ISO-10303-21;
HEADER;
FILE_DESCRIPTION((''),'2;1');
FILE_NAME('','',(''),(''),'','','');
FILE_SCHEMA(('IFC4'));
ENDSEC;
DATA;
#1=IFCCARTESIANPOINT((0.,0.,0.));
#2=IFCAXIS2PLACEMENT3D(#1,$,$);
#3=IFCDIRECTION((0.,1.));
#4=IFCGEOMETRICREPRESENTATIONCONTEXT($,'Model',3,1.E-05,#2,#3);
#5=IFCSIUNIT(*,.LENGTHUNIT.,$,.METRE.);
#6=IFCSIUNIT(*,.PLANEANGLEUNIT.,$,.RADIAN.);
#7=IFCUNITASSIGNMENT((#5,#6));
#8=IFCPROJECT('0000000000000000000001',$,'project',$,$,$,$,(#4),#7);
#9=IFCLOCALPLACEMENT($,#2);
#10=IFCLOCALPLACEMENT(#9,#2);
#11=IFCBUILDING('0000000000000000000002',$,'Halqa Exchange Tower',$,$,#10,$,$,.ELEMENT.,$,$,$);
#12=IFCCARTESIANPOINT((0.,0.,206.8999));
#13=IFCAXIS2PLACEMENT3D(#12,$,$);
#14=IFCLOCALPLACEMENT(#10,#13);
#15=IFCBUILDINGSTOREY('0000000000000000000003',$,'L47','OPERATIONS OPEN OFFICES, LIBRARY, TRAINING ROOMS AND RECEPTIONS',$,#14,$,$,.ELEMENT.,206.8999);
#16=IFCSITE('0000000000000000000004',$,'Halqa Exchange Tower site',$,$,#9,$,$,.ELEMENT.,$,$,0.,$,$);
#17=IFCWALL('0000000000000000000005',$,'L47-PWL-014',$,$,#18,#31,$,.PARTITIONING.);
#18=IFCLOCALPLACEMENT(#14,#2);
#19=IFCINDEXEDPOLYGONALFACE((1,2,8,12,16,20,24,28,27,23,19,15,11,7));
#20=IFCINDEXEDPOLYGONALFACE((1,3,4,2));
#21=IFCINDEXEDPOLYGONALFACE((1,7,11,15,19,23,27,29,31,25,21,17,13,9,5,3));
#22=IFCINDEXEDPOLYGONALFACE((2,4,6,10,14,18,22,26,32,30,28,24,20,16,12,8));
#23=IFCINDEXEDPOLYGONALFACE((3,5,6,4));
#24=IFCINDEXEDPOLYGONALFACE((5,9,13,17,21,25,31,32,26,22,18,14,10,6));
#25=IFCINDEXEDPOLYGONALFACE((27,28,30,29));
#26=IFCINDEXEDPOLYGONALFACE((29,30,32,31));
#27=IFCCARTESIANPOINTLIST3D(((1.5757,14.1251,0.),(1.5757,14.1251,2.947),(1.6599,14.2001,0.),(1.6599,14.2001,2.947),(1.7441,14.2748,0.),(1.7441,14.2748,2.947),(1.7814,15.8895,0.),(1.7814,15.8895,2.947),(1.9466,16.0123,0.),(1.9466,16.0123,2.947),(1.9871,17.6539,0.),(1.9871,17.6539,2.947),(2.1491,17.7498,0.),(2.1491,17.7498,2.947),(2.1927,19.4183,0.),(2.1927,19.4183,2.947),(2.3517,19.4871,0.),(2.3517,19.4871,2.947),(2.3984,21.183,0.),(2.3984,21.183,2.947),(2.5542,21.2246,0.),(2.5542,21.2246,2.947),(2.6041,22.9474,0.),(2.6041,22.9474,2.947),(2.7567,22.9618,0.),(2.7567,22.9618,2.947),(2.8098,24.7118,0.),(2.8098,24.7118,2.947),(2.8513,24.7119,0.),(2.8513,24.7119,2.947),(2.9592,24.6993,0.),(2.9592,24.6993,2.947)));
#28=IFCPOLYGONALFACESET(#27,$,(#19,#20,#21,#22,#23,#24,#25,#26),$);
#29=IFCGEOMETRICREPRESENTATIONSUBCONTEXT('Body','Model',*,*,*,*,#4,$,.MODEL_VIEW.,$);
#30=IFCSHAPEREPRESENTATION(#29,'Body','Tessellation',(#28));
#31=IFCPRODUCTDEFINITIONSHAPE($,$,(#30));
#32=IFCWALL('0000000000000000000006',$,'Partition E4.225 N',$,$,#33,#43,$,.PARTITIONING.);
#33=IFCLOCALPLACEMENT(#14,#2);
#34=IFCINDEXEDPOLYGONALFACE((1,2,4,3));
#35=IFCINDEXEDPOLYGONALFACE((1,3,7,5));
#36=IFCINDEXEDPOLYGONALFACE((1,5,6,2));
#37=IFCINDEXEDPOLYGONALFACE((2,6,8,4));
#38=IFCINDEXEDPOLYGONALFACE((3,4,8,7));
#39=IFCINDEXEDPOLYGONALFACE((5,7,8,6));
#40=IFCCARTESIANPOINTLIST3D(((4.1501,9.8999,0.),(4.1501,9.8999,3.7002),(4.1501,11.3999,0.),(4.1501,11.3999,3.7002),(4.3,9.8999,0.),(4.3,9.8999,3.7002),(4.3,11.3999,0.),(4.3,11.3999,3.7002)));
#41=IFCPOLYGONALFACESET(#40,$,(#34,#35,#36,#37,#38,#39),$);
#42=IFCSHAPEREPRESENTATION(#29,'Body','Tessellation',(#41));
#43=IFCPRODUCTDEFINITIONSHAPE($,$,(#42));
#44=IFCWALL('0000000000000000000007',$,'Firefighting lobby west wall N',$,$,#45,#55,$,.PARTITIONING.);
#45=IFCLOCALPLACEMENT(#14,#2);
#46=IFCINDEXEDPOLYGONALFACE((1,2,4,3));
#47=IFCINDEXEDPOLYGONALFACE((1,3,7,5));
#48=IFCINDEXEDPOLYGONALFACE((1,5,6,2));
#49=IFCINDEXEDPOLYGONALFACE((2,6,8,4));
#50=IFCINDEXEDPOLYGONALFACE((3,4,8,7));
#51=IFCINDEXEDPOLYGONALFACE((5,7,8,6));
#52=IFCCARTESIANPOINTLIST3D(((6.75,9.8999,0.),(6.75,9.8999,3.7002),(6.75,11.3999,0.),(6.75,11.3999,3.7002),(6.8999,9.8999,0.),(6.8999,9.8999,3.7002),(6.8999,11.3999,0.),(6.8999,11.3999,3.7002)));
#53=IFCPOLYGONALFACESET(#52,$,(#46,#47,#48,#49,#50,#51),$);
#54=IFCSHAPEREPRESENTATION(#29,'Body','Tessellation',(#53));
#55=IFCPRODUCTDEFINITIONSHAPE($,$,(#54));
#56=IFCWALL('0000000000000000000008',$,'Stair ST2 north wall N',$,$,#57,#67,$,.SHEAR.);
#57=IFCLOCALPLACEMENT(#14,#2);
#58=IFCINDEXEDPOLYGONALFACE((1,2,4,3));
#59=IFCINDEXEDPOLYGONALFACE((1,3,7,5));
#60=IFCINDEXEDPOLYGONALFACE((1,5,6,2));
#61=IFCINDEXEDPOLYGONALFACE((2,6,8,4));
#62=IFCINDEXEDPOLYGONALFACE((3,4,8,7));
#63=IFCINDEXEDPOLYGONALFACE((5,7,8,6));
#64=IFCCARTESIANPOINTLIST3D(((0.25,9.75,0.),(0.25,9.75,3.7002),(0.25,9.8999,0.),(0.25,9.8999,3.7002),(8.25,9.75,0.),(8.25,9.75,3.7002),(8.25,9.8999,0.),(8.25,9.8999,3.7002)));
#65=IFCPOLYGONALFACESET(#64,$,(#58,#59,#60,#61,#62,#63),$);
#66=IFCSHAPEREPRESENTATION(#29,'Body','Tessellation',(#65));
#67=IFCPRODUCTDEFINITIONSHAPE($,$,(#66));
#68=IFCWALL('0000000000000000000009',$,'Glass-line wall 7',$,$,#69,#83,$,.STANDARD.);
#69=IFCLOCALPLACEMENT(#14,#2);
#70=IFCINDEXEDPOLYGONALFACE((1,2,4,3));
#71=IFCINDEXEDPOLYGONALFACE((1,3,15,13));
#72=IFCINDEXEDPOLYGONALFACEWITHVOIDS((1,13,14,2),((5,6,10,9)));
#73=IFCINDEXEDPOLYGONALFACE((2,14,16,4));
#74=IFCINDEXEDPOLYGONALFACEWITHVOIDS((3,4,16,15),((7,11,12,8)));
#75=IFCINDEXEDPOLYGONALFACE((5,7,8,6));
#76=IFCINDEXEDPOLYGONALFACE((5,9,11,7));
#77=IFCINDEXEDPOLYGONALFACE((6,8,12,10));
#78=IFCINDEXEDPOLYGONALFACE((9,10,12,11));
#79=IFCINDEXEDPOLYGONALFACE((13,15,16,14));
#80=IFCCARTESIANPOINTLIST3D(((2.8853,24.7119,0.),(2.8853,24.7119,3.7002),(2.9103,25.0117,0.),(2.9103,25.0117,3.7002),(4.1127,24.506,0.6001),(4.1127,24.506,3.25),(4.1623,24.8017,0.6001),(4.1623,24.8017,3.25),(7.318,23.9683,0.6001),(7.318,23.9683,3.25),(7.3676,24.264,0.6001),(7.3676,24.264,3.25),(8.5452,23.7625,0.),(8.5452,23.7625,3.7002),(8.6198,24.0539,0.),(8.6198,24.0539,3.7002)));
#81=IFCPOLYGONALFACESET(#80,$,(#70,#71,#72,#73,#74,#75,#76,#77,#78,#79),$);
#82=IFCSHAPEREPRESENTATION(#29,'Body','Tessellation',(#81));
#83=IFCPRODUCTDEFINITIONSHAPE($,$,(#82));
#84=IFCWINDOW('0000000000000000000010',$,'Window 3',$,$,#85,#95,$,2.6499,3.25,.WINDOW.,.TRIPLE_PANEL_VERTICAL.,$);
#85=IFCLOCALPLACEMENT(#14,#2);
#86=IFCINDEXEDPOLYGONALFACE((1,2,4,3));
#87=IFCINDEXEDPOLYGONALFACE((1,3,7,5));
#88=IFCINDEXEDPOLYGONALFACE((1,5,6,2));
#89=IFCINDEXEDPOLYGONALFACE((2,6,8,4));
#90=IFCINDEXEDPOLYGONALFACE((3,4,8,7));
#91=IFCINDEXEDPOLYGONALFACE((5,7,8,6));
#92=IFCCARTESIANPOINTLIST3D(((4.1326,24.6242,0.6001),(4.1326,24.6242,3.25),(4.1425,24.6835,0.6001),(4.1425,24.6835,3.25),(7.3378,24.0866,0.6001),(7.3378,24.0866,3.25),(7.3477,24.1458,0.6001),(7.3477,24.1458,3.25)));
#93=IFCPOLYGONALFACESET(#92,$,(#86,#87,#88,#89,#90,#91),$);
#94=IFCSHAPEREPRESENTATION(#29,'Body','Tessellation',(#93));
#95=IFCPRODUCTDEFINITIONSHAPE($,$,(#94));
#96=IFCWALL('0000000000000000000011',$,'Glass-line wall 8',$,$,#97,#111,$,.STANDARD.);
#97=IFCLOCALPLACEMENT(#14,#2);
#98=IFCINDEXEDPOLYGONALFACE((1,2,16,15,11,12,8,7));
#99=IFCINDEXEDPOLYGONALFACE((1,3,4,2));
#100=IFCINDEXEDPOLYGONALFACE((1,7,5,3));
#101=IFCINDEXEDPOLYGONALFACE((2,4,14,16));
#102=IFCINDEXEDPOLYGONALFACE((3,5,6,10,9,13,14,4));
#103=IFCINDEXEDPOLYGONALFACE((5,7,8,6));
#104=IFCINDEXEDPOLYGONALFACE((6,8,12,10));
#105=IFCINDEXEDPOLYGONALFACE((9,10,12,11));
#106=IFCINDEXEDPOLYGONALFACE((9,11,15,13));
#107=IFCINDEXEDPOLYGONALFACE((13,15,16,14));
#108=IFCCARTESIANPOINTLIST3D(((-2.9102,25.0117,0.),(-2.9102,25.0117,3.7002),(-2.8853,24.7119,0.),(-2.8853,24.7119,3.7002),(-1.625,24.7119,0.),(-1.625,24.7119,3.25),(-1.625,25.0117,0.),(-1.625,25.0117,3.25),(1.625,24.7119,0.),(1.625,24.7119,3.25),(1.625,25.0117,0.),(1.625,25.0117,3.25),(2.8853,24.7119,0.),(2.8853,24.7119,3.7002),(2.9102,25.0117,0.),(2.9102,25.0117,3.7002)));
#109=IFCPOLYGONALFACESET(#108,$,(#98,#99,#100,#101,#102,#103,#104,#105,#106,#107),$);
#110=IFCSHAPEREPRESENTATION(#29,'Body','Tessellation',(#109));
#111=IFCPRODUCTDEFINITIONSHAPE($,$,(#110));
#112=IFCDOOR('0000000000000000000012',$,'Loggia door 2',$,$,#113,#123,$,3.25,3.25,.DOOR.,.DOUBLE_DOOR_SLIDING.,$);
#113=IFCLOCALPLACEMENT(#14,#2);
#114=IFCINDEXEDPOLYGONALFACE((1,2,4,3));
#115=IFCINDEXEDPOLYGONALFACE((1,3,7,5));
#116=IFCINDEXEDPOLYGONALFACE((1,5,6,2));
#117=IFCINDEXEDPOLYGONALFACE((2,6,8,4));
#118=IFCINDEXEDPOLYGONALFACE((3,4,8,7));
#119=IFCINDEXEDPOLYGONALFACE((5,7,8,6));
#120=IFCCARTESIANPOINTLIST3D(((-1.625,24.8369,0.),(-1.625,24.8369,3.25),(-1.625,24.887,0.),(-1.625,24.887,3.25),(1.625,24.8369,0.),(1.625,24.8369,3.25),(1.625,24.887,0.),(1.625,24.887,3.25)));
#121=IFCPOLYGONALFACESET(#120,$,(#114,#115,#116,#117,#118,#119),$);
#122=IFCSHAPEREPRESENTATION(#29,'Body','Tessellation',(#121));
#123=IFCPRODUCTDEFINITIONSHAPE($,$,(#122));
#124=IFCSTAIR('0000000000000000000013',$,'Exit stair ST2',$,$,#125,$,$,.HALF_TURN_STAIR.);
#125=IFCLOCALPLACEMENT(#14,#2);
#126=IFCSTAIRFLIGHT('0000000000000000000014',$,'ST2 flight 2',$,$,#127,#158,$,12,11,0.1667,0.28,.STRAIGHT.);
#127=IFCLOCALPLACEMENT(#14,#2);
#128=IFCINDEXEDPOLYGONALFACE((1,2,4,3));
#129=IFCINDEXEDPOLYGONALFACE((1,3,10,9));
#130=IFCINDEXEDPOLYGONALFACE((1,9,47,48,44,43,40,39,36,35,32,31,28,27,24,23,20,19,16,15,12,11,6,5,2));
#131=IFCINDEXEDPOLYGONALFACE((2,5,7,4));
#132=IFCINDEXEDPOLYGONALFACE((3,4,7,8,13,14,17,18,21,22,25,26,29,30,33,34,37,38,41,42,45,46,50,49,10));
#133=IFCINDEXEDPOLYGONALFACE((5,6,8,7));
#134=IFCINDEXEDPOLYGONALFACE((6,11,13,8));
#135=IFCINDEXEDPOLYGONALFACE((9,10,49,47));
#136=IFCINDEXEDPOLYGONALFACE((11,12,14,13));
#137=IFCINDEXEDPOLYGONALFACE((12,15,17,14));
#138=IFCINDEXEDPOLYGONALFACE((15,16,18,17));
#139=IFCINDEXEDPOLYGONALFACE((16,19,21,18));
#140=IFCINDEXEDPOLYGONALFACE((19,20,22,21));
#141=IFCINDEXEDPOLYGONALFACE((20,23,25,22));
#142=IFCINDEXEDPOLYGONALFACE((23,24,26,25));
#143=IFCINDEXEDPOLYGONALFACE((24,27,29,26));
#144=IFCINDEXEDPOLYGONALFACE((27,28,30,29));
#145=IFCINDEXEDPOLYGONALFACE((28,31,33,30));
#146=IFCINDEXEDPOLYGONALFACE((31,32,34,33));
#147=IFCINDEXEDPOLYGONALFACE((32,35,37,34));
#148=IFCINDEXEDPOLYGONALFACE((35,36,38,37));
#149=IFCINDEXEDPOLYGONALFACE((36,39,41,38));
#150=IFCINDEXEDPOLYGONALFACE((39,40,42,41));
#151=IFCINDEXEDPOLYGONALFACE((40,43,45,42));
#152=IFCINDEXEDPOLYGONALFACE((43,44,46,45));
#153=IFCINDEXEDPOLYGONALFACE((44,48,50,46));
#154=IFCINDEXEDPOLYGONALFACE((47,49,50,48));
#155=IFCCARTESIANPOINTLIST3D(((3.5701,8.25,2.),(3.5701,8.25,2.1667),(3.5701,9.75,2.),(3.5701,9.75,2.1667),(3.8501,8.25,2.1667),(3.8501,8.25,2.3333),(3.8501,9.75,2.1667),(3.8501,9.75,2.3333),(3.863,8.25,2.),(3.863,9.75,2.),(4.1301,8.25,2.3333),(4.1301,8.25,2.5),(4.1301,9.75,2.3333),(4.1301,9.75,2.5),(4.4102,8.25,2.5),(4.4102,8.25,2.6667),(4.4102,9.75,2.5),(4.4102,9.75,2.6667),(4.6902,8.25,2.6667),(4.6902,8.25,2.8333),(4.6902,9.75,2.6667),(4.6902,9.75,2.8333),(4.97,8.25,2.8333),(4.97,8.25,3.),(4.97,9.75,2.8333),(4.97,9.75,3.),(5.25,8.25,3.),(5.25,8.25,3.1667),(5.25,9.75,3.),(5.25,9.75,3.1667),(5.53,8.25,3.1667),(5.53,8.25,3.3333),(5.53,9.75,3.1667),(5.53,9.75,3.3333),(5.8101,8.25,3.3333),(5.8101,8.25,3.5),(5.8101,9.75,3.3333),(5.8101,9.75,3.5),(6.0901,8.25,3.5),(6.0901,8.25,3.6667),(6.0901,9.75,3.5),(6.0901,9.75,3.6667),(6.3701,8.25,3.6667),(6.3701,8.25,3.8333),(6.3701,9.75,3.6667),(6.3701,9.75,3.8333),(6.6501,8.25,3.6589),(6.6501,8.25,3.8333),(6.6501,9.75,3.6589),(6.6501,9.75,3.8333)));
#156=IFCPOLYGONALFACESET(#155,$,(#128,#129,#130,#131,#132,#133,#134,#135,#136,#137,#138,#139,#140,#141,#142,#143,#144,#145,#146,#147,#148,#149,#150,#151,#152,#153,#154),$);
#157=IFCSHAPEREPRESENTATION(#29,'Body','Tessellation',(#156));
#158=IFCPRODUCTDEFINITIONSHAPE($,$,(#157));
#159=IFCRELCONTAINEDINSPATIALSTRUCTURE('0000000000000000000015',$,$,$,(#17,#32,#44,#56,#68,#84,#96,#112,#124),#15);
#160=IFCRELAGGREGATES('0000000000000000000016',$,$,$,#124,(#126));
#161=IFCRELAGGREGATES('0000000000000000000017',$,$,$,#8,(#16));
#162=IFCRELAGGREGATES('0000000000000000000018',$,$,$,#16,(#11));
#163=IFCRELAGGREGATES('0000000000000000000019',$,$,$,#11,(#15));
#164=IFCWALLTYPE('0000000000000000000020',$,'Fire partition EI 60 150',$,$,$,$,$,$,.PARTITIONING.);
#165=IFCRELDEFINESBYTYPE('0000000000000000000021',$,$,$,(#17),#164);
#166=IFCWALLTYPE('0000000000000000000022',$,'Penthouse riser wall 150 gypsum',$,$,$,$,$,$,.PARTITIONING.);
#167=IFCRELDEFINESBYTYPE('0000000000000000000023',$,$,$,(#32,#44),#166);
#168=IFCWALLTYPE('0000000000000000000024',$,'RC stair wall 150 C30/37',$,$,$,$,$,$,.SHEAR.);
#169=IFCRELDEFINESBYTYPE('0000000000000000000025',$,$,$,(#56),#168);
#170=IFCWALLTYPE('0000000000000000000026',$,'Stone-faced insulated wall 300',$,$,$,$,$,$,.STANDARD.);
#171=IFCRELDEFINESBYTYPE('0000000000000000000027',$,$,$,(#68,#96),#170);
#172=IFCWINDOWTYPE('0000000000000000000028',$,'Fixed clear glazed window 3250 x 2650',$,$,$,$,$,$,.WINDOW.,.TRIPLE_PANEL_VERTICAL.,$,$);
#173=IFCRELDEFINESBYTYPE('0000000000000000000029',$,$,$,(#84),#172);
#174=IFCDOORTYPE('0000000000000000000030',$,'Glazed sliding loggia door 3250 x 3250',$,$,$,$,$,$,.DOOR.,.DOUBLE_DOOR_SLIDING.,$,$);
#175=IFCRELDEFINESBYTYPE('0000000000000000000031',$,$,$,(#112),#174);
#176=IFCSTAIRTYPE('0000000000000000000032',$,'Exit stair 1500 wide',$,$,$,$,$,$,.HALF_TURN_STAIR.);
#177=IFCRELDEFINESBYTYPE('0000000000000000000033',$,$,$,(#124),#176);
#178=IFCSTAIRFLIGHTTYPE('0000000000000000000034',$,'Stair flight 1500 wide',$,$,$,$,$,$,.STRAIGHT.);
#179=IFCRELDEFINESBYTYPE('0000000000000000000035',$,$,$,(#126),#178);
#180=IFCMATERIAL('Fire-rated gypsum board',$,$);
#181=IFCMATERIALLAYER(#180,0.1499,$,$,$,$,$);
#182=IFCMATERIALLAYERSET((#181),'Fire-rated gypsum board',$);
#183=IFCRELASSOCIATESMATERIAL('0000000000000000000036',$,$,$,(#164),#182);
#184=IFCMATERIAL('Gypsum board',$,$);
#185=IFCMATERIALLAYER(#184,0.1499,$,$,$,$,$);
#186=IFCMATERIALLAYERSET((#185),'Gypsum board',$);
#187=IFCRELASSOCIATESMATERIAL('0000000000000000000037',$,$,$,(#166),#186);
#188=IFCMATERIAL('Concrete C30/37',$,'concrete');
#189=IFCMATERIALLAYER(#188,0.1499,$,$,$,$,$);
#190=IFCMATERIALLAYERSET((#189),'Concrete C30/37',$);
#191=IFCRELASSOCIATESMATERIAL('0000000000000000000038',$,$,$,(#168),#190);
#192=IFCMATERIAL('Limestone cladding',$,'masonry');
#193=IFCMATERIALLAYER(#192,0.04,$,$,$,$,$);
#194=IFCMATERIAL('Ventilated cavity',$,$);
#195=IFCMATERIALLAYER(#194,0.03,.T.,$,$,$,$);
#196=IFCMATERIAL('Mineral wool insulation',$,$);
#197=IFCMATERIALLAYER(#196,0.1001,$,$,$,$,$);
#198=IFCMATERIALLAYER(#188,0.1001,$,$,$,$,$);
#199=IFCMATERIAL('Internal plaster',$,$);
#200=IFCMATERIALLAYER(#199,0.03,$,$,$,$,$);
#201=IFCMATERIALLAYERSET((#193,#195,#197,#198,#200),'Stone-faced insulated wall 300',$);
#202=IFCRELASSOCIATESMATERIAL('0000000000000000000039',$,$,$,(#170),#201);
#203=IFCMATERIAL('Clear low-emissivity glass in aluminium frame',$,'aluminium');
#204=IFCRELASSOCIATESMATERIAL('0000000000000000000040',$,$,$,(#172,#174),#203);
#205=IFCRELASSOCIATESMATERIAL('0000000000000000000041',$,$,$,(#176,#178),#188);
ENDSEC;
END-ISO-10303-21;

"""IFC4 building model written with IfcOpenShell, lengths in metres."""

from ifc_helpers import new_model, si_unit, direction, frame, frame_2d, origin, place, context, subcontext, project, spatial, polyline, rectangle, outline, extrude, material, layer, layer_set, type_object, element, fill, aggregate, save


model = new_model("IFC4")

# Units and contexts
model_context = context("Model", 3, precision=1e-05, world=origin(), true_north=direction((0.0, 1.0)))
body_context = subcontext(model_context, "Body", "Model", "MODEL_VIEW")
ifc_project = project(units=[si_unit("LENGTHUNIT", "METRE"), si_unit("PLANEANGLEUNIT", "RADIAN")], contexts=[model_context])

# Site, building, storey
site_placement = place(None, origin())
site = spatial("IfcSite", under=ifc_project, at=site_placement, Name="Halqa Exchange Tower site", CompositionType="ELEMENT", RefElevation=0.0)
building_placement = place(site_placement, origin())
building = spatial("IfcBuilding", under=site, at=building_placement, Name="Halqa Exchange Tower", CompositionType="ELEMENT")
storey_placement = place(building_placement, frame((0.0, 0.0, 206.8999)))
storey = spatial("IfcBuildingStorey", under=building, at=storey_placement, Name="L47", Description="OPERATIONS OPEN OFFICES, LIBRARY, TRAINING ROOMS AND RECEPTIONS", CompositionType="ELEMENT", Elevation=206.8999)

# Shared definitions
ifc_material_1 = material(Name="Fire-rated gypsum board")
ifc_layer_1 = layer(ifc_material_1, 0.1499)
ifc_layer_set_1 = layer_set([ifc_layer_1], Name="Fire-rated gypsum board")
wall_type_1 = type_object("IfcWallType", Name="Fire partition EI 60 150", PredefinedType="PARTITIONING", material=ifc_layer_set_1)

# Walls
wall_1_placement = place(storey_placement, frame((2.8848, 24.708, 0.0), z_axis=(0.0, 0.0, 1.0), x_axis=(-0.11578, -0.993275, 0.0)))
element("IfcWall", 1, at=wall_1_placement, inside=storey, type_object=wall_type_1, Name="L47-PWL-014", PredefinedType="PARTITIONING", context=body_context, shape_type="SweptSolid", body=[
    extrude(outline(polyline([(0.0049, -0.075), (1.7812, -0.075), (3.5576, -0.075), (5.3342, -0.075), (7.1106, -0.075), (8.887, -0.075), (10.6633, -0.075), (10.5791, 0.0), (10.4951, 0.075), (8.7458, 0.075), (6.9966, 0.075), (5.2476, 0.075), (3.4983, 0.075), (1.7493, 0.075), (0.0, 0.075), (0.0, -0.0337), (0.0049, -0.075)])), origin(), (0.0, 0.0, 1.0), 2.947),
])
ifc_material_2 = material(Name="Gypsum board")
ifc_layer_2 = layer(ifc_material_2, 0.1499)
ifc_layer_set_2 = layer_set([ifc_layer_2], Name="Gypsum board")
wall_type_2 = type_object("IfcWallType", Name="Penthouse riser wall 150 gypsum", PredefinedType="PARTITIONING", material=ifc_layer_set_2)
for number, where, z_axis, x_axis, name in (
    (2, (4.2251, 9.8999, 0.0), (0.0, 0.0, 1.0), (0.0, 1.0, 0.0), "Partition E4.225 N"),
    (3, (6.825, 9.8999, 0.0), (0.0, 0.0, 1.0), (0.0, 1.0, 0.0), "Firefighting lobby west wall N"),
):
    element("IfcWall", number, at=place(storey_placement, frame(where, z_axis=z_axis, x_axis=x_axis)), inside=storey, type_object=wall_type_2, Name=name, PredefinedType="PARTITIONING", context=body_context, shape_type="SweptSolid", body=[
        extrude(rectangle(XDim=1.5, YDim=0.1499, at=frame_2d((0.75, 0.0))), origin(), (0.0, 0.0, 1.0), 3.7002),
    ])
ifc_material_3 = material(Name="Concrete C30/37", Category="concrete")
ifc_layer_3 = layer(ifc_material_3, 0.1499)
ifc_layer_set_3 = layer_set([ifc_layer_3], Name="Concrete C30/37")
wall_type_3 = type_object("IfcWallType", Name="RC stair wall 150 C30/37", PredefinedType="SHEAR", material=ifc_layer_set_3)
wall_2_placement = place(storey_placement, frame((0.25, 9.825, 0.0), z_axis=(0.0, 0.0, 1.0), x_axis=(1.0, 0.0, 0.0)))
element("IfcWall", 4, at=wall_2_placement, inside=storey, type_object=wall_type_3, Name="Stair ST2 north wall N", PredefinedType="SHEAR", context=body_context, shape_type="SweptSolid", body=[
    extrude(rectangle(XDim=8.0, YDim=0.1499, at=frame_2d((4.0, 0.0))), origin(), (0.0, 0.0, 1.0), 3.7002),
])

# Wall, opening, window
ifc_material_4 = material(Name="Limestone cladding", Category="masonry")
ifc_layer_4 = layer(ifc_material_4, 0.04)
ifc_material_5 = material(Name="Ventilated cavity")
ifc_layer_5 = layer(ifc_material_5, 0.03, ventilated=True)
ifc_material_6 = material(Name="Mineral wool insulation")
ifc_layer_6 = layer(ifc_material_6, 0.1001)
ifc_layer_7 = layer(ifc_material_3, 0.1001)
ifc_material_7 = material(Name="Internal plaster")
ifc_layer_8 = layer(ifc_material_7, 0.03)
ifc_layer_set_4 = layer_set([ifc_layer_4, ifc_layer_5, ifc_layer_6, ifc_layer_7, ifc_layer_8], Name="Stone-faced insulated wall 300")
wall_type_4 = type_object("IfcWallType", Name="Stone-faced insulated wall 300", PredefinedType="STANDARD", material=ifc_layer_set_4)
wall_3_placement = place(storey_placement, frame((8.5825, 23.9082, 0.0), z_axis=(0.0, 0.0, 1.0), x_axis=(-0.986221, 0.165436, 0.0)))
wall_3 = element("IfcWall", 5, at=wall_3_placement, inside=storey, type_object=wall_type_4, Name="Glass-line wall 7", PredefinedType="STANDARD", context=body_context, shape_type="SweptSolid", body=[
    extrude(outline(polyline([(-0.0127, -0.1499), (5.7766, -0.1499), (5.7517, 0.1499), (0.0127, 0.1499), (-0.0127, -0.1499)])), origin(), (0.0, 0.0, 1.0), 3.7002),
])
opening_1_placement = place(wall_3_placement, frame((1.2571, 0.0, 0.6001)))
opening_1 = element("IfcOpeningElement", 6, at=opening_1_placement, cuts=wall_3, PredefinedType="OPENING", context=body_context, shape_type="SweptSolid", body=[
    extrude(rectangle(XDim=3.25, YDim=2.6499, at=frame_2d((1.625, 1.325))), frame((0.0, 0.1621, 0.0), z_axis=(0.0, -1.0, 0.0), x_axis=(1.0, 0.0, 0.0)), (0.0, 0.0, 1.0), 0.324),
])
ifc_material_8 = material(Name="Clear low-emissivity glass in aluminium frame", Category="aluminium")
window_type = type_object("IfcWindowType", Name="Fixed clear glazed window 3250 x 2650", PartitioningType="TRIPLE_PANEL_VERTICAL", PredefinedType="WINDOW", material=ifc_material_8)
window_placement = place(opening_1_placement, origin())
window = element("IfcWindow", 7, at=window_placement, inside=storey, type_object=window_type, Name="Window 3", OverallHeight=2.6499, OverallWidth=3.25, PartitioningType="TRIPLE_PANEL_VERTICAL", PredefinedType="WINDOW", context=body_context, shape_type="SweptSolid", body=[
    extrude(rectangle(XDim=3.25, YDim=2.6499, at=frame_2d((1.625, 1.325))), frame((0.0, 0.03, 0.0), z_axis=(0.0, -1.0, 0.0), x_axis=(1.0, 0.0, 0.0)), (0.0, 0.0, 1.0), 0.0601),
])
fill(opening_1, window)

# Wall, opening, door
wall_4_placement = place(storey_placement, frame((2.8977, 24.8618, 0.0), z_axis=(0.0, 0.0, 1.0), x_axis=(-1.0, 0.0, 0.0)))
wall_4 = element("IfcWall", 8, at=wall_4_placement, inside=storey, type_object=wall_type_4, Name="Glass-line wall 8", PredefinedType="STANDARD", context=body_context, shape_type="SweptSolid", body=[
    extrude(outline(polyline([(-0.0125, -0.1499), (5.8079, -0.1499), (5.783, 0.1499), (0.0125, 0.1499), (-0.0125, -0.1499)])), origin(), (0.0, 0.0, 1.0), 3.7002),
])
opening_2_placement = place(wall_4_placement, frame((1.2727, 0.0, 0.0)))
opening_2 = element("IfcOpeningElement", 9, at=opening_2_placement, cuts=wall_4, PredefinedType="OPENING", context=body_context, shape_type="SweptSolid", body=[
    extrude(rectangle(XDim=3.25, YDim=3.25, at=frame_2d((1.625, 1.625))), frame((0.0, 0.1621, 0.0), z_axis=(0.0, -1.0, 0.0), x_axis=(1.0, 0.0, 0.0)), (0.0, 0.0, 1.0), 0.324),
])
door_type_1 = type_object("IfcDoorType", Name="Glazed sliding loggia door 3250 x 3250", OperationType="DOUBLE_DOOR_SLIDING", PredefinedType="DOOR", material=ifc_material_8)
door_1_placement = place(opening_2_placement, origin())
door_1 = element("IfcDoor", 10, at=door_1_placement, inside=storey, type_object=door_type_1, Name="Loggia door 2", OperationType="DOUBLE_DOOR_SLIDING", OverallHeight=3.25, OverallWidth=3.25, PredefinedType="DOOR", context=body_context, shape_type="SweptSolid", body=[
    extrude(rectangle(XDim=3.25, YDim=3.25, at=frame_2d((1.625, 1.625))), frame((0.0, 0.0249, 0.0), z_axis=(0.0, -1.0, 0.0), x_axis=(1.0, 0.0, 0.0)), (0.0, 0.0, 1.0), 0.05),
])
fill(opening_2, door_1)

# Stair, stair flight
stair_type = type_object("IfcStairType", Name="Exit stair 1500 wide", PredefinedType="HALF_TURN_STAIR", material=ifc_material_3)
stair_placement = place(storey_placement, origin())
stair = element("IfcStair", 11, at=stair_placement, inside=storey, type_object=stair_type, Name="Exit stair ST2", PredefinedType="HALF_TURN_STAIR")
stair_flight_type = type_object("IfcStairFlightType", Name="Stair flight 1500 wide", PredefinedType="STRAIGHT", material=ifc_material_3)
stair_flight_placement = place(storey_placement, frame((3.5701, 9.0, 2.0), z_axis=(0.0, 0.0, 1.0), x_axis=(1.0, 0.0, 0.0)))
stair_flight = element("IfcStairFlight", 12, at=stair_flight_placement, type_object=stair_flight_type, Name="ST2 flight 2", NumberOfRisers=12, NumberOfTreads=11, PredefinedType="STRAIGHT", RiserHeight=0.1667, TreadLength=0.28, context=body_context, shape_type="SweptSolid", body=[
    extrude(outline(polyline([(0.0, 0.0), (0.0, 0.1667), (0.28, 0.1667), (0.28, 0.3333), (0.5601, 0.3333), (0.5601, 0.5), (0.8401, 0.5), (0.8401, 0.6667), (1.1201, 0.6667), (1.1201, 0.8333), (1.3999, 0.8333), (1.3999, 1.0), (1.6799, 1.0), (1.6799, 1.1667), (1.96, 1.1667), (1.96, 1.3333), (2.24, 1.3333), (2.24, 1.5), (2.52, 1.5), (2.52, 1.6667), (2.8, 1.6667), (2.8, 1.8333), (3.0801, 1.8333), (3.0801, 2.0), (3.0801, 1.6589), (0.293, 0.0), (0.0, 0.0)])), frame((0.0, 0.75, 0.0), z_axis=(0.0, -1.0, 0.0), x_axis=(1.0, 0.0, 0.0)), (0.0, 0.0, 1.0), 1.5),
])
aggregate(stair, [stair_flight])

save(model, "model.ifc")
